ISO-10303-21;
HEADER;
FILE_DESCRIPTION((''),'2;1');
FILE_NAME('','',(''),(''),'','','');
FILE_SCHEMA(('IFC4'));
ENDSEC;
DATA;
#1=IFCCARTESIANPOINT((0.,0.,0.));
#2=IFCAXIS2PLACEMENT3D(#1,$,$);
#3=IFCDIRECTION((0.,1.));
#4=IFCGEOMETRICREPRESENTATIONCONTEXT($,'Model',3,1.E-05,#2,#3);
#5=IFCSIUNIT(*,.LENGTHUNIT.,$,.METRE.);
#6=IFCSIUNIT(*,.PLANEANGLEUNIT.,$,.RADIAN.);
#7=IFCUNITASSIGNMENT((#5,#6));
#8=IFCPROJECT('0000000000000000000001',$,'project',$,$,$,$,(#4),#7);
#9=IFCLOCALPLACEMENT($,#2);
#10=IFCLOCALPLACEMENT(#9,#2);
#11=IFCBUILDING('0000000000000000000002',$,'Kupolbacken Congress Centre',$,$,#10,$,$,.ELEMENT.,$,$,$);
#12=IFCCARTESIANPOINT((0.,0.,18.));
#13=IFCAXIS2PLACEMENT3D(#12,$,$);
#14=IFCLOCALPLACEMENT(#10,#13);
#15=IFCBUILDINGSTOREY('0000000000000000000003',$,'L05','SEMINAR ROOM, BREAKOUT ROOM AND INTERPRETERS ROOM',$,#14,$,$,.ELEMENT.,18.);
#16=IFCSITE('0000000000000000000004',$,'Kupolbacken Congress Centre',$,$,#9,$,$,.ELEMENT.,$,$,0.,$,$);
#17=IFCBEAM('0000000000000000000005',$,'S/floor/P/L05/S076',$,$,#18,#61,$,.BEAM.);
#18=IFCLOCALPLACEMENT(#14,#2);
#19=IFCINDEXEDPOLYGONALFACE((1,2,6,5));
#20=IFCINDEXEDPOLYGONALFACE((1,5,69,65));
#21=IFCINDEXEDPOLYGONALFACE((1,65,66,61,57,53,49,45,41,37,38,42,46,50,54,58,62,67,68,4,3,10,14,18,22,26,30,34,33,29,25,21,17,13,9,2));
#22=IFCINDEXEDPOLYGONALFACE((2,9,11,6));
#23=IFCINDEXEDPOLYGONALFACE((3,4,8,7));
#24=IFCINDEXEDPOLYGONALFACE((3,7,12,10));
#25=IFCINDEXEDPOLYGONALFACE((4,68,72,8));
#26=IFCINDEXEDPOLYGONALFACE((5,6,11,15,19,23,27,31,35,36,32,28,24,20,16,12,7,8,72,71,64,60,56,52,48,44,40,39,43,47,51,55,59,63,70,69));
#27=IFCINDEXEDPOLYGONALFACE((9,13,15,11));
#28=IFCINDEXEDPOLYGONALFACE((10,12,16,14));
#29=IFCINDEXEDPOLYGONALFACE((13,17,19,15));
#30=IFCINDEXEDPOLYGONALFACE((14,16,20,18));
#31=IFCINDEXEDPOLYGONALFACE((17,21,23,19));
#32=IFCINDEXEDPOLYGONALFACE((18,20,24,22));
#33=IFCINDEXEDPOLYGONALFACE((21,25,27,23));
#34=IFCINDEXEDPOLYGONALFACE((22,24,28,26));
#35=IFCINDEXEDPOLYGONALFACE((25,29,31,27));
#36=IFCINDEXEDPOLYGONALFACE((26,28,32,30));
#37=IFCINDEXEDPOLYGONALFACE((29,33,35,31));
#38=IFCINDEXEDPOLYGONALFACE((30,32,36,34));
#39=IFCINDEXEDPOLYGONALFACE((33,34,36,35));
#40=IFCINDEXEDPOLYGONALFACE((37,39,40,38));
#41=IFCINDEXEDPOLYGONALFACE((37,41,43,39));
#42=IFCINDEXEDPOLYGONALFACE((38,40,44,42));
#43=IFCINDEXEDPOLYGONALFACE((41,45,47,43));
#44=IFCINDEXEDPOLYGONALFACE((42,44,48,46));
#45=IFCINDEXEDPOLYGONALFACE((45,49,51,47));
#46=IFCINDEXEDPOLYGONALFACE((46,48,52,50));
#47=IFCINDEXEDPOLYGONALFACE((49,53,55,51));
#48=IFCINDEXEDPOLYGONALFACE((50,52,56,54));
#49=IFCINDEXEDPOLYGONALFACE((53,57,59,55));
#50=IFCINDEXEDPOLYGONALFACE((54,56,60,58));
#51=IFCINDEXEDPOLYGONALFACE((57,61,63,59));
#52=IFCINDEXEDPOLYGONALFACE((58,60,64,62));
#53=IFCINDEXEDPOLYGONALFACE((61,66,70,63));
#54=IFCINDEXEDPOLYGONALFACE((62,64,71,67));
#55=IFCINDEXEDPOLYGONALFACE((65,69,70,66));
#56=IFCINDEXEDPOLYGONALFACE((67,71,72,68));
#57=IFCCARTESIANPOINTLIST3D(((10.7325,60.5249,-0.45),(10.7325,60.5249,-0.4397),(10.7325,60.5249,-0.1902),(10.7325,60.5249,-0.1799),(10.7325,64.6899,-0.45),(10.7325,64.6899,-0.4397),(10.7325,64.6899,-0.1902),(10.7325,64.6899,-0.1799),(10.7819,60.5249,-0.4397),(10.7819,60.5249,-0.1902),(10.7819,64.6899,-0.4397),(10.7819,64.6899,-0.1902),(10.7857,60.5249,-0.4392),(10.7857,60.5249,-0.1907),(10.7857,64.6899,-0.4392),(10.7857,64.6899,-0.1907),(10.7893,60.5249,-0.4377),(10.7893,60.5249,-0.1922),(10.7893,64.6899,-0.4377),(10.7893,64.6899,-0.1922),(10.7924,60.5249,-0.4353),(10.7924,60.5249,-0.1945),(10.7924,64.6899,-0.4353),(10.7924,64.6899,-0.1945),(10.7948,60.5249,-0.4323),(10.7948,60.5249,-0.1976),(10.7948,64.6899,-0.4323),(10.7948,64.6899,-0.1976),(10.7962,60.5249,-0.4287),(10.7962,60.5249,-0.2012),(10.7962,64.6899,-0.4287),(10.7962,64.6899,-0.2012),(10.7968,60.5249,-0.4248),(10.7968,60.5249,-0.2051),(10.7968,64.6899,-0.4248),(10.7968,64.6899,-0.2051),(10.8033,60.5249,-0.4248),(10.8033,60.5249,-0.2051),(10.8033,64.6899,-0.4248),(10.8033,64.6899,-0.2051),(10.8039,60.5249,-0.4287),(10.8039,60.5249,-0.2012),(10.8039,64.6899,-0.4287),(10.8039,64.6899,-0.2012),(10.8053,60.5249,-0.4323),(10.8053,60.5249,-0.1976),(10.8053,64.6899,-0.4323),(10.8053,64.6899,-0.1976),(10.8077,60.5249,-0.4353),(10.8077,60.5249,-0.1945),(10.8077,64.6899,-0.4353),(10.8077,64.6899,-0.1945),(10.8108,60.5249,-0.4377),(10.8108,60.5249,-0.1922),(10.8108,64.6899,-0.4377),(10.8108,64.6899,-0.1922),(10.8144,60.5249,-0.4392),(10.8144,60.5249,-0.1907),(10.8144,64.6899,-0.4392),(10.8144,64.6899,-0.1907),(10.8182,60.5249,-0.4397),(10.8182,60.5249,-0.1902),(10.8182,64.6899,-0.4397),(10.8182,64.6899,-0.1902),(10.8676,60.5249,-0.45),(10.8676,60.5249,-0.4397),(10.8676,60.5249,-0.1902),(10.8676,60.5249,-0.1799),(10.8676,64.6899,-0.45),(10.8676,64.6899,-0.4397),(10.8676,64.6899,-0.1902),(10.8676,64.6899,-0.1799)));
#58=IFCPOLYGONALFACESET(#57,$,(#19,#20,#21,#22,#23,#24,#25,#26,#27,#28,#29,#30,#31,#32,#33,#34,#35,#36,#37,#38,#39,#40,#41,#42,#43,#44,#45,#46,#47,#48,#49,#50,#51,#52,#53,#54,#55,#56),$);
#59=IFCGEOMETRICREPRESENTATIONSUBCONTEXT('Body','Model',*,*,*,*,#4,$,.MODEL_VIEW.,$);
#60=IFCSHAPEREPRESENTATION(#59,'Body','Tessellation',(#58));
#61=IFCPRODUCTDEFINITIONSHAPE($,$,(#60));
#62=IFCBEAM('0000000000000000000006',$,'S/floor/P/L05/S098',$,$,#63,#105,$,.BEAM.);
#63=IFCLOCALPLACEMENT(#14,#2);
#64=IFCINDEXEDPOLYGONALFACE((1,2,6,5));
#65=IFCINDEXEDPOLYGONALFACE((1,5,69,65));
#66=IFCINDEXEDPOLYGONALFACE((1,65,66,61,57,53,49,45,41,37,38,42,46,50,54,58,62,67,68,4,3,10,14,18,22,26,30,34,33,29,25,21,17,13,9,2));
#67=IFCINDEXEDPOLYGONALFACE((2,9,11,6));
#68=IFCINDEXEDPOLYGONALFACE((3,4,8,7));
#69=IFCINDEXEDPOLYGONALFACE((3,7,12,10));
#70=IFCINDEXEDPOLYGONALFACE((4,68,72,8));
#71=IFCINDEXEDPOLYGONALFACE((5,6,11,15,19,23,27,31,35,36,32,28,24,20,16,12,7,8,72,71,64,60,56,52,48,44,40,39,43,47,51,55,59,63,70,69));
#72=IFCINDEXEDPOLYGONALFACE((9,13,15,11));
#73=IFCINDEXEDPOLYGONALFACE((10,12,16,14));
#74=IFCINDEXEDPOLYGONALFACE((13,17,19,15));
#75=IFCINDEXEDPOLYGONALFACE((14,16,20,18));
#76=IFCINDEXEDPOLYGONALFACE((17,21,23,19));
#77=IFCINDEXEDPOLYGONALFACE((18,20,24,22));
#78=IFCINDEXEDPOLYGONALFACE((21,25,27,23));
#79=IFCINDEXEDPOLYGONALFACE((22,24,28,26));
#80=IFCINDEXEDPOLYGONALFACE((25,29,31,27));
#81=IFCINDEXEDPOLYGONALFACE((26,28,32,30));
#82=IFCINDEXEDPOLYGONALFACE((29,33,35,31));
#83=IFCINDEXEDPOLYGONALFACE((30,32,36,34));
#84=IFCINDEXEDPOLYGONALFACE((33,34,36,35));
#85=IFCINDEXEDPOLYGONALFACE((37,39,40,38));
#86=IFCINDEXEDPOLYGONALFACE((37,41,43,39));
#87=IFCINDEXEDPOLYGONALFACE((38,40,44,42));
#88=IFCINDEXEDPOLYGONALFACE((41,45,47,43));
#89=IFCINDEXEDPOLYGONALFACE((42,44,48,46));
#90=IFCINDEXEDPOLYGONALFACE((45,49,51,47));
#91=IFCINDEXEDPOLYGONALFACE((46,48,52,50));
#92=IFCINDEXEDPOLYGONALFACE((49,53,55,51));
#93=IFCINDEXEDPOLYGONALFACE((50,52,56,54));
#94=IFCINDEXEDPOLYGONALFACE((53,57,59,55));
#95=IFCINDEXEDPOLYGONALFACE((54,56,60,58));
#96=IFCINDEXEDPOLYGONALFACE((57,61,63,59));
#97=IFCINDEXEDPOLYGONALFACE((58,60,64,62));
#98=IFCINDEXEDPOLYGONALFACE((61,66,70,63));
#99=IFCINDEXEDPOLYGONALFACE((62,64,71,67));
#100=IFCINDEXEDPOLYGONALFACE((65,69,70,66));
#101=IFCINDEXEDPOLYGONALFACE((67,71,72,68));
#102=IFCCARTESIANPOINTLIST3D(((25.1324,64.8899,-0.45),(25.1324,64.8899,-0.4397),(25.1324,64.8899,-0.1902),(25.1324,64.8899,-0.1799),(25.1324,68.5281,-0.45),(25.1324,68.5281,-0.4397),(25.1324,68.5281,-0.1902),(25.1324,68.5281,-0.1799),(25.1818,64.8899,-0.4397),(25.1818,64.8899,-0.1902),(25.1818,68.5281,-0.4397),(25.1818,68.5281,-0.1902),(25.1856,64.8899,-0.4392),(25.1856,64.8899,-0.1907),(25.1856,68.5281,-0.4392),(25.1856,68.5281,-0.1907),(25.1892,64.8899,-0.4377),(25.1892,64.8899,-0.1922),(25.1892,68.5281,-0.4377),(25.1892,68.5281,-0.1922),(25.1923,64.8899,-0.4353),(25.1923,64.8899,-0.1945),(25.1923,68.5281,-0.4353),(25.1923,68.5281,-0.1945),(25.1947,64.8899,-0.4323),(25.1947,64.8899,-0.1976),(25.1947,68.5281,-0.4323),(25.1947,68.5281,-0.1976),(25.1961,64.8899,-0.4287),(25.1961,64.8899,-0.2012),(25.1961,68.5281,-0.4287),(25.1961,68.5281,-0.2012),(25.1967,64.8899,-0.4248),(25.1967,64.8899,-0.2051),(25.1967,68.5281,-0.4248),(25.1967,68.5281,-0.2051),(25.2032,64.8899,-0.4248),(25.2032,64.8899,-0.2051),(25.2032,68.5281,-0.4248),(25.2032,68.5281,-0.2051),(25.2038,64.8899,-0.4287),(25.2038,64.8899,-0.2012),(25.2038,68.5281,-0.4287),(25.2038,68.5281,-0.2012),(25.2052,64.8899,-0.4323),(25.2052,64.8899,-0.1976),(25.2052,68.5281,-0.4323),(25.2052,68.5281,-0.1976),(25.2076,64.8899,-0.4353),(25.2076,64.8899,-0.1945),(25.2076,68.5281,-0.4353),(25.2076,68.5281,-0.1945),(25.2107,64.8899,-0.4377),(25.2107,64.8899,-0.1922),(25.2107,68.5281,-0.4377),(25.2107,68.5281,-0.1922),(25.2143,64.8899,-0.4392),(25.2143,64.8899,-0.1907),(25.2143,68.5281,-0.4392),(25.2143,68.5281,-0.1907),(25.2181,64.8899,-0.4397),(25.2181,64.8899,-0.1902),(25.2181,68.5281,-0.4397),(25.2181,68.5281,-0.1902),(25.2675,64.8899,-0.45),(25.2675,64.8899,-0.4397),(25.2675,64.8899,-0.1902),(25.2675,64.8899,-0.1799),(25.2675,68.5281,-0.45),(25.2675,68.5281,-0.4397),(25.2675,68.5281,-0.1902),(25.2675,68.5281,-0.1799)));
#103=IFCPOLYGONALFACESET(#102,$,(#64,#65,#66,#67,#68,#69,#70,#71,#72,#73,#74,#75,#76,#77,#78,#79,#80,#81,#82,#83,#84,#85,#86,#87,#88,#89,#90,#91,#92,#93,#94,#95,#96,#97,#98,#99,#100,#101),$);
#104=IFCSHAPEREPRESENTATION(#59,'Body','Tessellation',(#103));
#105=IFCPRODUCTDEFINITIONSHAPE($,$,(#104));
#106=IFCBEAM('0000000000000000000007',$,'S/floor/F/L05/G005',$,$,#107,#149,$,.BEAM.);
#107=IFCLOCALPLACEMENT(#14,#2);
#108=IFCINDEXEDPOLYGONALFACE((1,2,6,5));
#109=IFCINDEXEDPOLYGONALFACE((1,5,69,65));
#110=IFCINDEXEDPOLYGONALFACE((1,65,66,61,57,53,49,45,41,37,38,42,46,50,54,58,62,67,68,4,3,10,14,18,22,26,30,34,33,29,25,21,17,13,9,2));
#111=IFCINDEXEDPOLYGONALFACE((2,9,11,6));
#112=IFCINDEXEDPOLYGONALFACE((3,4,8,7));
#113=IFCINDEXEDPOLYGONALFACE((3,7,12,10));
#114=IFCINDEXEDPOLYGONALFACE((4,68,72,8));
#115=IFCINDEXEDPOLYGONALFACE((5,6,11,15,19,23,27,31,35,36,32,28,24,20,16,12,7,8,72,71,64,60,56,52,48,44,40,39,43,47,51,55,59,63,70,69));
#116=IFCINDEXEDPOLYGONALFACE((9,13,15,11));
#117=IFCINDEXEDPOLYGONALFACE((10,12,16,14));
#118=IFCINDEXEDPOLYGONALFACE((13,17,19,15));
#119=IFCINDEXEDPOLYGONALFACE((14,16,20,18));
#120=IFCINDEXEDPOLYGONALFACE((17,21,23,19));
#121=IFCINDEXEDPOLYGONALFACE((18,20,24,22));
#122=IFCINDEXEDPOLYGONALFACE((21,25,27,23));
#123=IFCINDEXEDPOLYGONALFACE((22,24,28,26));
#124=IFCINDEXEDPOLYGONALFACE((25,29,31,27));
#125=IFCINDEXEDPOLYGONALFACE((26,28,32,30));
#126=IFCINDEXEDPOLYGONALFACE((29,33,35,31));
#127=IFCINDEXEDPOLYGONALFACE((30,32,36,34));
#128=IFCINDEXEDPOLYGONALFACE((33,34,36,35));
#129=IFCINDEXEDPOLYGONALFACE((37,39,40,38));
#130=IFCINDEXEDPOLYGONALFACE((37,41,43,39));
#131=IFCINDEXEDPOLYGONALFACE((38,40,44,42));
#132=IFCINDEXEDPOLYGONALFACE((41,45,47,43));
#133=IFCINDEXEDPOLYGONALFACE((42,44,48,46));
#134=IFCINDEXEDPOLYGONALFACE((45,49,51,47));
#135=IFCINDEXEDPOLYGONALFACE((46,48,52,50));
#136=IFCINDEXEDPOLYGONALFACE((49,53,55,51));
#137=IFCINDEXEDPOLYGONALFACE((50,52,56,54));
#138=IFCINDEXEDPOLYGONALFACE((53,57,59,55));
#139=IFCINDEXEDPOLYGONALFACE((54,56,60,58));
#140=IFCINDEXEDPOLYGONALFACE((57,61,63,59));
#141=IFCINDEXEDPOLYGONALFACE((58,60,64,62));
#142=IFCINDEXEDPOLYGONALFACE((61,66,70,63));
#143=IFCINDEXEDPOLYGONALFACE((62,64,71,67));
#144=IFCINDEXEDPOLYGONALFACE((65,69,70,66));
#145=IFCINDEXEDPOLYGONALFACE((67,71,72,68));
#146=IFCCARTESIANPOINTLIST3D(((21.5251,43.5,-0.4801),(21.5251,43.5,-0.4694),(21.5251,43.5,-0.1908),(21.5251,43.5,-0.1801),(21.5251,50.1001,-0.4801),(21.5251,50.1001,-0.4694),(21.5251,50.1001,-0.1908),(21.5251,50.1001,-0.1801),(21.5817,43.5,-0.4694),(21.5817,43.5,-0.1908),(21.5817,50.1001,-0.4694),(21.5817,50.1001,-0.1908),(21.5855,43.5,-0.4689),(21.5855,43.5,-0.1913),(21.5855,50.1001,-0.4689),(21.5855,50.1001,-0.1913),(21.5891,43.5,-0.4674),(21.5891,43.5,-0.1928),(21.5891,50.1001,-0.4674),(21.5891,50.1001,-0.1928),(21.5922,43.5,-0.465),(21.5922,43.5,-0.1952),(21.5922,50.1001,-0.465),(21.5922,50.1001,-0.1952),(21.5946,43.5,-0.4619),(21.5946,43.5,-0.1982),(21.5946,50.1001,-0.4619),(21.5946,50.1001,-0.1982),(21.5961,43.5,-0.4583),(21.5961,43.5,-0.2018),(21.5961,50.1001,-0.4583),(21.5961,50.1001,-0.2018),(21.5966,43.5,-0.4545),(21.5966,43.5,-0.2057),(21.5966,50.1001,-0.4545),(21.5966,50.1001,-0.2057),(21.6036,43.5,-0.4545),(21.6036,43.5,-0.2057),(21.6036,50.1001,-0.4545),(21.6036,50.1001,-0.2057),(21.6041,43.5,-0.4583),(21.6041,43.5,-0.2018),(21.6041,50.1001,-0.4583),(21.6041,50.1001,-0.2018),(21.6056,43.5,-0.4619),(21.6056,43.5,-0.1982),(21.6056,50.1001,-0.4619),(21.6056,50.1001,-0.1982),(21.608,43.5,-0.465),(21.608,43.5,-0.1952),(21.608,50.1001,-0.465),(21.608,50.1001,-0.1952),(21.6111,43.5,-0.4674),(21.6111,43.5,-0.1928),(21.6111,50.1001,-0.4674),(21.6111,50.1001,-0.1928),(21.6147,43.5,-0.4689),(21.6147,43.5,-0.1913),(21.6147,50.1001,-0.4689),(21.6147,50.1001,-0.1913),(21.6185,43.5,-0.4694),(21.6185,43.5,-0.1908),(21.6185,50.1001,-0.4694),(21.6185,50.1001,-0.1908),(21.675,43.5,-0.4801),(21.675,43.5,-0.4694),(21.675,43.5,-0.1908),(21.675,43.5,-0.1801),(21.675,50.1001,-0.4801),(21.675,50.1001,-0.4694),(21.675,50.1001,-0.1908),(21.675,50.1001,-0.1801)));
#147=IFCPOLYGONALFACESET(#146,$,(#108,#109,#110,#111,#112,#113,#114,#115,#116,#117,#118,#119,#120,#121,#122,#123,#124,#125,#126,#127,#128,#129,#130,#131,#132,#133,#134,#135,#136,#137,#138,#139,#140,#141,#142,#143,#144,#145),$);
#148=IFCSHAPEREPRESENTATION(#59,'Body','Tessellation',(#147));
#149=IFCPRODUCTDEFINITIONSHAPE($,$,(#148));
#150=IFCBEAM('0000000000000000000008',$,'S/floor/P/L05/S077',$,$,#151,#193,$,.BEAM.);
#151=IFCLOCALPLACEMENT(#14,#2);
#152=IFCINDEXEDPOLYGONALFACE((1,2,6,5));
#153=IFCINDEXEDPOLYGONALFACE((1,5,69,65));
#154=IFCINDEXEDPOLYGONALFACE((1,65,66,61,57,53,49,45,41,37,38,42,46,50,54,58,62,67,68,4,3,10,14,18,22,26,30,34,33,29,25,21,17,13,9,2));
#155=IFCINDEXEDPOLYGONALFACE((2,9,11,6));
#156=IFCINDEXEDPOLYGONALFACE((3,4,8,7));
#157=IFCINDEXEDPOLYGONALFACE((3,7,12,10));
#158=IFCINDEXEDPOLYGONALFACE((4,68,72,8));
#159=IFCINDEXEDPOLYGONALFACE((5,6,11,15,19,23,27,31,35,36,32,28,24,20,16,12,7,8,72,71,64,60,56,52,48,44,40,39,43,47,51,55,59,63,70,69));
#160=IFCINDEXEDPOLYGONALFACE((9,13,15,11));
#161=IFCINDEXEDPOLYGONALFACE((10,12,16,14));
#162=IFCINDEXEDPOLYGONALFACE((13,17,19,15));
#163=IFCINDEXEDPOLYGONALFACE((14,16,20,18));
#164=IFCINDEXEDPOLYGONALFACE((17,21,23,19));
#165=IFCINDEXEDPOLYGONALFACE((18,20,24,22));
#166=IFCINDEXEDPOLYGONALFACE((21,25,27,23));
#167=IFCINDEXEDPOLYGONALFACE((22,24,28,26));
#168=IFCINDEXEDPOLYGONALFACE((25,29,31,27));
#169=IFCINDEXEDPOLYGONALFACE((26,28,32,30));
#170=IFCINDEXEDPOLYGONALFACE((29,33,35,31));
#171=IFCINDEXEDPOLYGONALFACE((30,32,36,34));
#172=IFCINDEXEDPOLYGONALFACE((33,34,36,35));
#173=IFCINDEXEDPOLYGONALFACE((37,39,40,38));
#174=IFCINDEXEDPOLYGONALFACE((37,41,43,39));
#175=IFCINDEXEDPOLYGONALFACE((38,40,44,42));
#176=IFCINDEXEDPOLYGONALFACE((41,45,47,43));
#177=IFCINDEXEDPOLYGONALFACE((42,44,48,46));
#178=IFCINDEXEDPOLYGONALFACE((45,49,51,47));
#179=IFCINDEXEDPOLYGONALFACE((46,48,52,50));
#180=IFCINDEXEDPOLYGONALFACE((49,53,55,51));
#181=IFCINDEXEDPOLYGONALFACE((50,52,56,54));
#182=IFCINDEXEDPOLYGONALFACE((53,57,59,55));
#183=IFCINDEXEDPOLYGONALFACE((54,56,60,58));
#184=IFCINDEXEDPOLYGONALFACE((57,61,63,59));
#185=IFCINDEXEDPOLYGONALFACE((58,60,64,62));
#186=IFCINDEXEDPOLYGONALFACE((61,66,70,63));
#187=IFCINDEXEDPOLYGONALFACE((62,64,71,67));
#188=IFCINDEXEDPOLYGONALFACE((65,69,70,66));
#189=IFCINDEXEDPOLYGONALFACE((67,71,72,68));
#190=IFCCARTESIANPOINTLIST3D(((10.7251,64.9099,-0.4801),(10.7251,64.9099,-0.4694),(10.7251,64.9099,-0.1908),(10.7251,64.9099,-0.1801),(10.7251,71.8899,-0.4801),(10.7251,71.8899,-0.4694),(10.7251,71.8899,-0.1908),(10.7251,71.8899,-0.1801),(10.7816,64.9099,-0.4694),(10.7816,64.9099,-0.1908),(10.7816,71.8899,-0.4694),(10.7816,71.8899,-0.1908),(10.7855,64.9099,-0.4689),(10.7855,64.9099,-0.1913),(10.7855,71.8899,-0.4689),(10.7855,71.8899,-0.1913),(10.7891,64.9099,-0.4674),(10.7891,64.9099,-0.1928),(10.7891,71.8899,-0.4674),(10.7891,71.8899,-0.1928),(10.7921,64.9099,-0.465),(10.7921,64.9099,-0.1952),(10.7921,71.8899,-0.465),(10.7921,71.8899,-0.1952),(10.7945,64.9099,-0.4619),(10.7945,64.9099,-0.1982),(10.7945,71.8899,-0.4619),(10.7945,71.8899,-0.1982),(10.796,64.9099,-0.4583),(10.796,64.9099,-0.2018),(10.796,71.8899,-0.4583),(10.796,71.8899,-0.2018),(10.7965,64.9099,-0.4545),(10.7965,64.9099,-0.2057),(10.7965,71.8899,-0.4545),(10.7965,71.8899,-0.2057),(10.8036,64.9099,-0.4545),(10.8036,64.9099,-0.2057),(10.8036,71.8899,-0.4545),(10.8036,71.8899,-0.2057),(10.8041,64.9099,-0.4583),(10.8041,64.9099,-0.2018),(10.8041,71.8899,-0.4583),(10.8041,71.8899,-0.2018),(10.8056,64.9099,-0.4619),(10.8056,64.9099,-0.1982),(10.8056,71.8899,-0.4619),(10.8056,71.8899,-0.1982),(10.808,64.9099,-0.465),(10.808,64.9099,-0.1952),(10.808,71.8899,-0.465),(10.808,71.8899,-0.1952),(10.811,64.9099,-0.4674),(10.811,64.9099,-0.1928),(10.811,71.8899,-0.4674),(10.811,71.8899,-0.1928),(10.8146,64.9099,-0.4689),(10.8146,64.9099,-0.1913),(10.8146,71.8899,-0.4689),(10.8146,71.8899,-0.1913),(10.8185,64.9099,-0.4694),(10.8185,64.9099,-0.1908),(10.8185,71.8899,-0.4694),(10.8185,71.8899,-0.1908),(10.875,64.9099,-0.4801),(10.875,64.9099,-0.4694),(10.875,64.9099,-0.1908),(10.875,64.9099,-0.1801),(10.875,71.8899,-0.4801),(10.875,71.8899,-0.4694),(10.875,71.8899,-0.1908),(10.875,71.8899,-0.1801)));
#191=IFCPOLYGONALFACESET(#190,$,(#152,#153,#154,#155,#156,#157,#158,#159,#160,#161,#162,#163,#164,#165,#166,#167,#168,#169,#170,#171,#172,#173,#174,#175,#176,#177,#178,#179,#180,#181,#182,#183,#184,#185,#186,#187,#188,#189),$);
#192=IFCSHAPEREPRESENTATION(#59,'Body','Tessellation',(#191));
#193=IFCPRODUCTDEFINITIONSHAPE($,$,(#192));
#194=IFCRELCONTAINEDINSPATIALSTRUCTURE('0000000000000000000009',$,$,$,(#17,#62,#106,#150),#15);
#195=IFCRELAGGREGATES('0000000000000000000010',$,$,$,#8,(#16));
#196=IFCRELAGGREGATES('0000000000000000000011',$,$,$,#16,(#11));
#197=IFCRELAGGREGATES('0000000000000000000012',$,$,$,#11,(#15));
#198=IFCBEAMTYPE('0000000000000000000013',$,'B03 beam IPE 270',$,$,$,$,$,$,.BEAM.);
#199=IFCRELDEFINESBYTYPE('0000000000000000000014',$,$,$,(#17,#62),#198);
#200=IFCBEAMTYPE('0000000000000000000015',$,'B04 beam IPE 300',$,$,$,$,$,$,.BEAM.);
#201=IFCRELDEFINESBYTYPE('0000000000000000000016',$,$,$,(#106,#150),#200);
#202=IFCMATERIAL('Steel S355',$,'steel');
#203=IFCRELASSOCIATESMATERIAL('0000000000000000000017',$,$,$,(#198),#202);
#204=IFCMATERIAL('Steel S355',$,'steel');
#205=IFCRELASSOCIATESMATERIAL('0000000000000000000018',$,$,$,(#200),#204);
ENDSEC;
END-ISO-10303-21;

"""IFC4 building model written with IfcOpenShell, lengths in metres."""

from ifc_helpers import new_model, si_unit, direction, frame, origin, origin_2d, place, context, subcontext, project, spatial, i_section, extrude, material, material_profile, profile_set, type_object, element, save


model = new_model("IFC4")

# Units and contexts
model_context = context("Model", 3, precision=1e-05, world=origin(), true_north=direction((0.0, 1.0)))
body_context = subcontext(model_context, "Body", "Model", "MODEL_VIEW")
ifc_project = project(units=[si_unit("LENGTHUNIT", "METRE"), si_unit("PLANEANGLEUNIT", "RADIAN")], contexts=[model_context])

# Site, building, storey
site_placement = place(None, origin())
site = spatial("IfcSite", under=ifc_project, at=site_placement, Name="Kupolbacken Congress Centre", CompositionType="ELEMENT", RefElevation=0.0)
building_placement = place(site_placement, origin())
building = spatial("IfcBuilding", under=site, at=building_placement, Name="Kupolbacken Congress Centre", CompositionType="ELEMENT")
storey_placement = place(building_placement, frame((0.0, 0.0, 18.0)))
storey = spatial("IfcBuildingStorey", under=building, at=storey_placement, Name="L05", Description="SEMINAR ROOM, BREAKOUT ROOM AND INTERPRETERS ROOM", CompositionType="ELEMENT", Elevation=18.0)

# Beams
ifc_material_1 = material(Name="Steel S355", Category="steel")
ifc_material_profile_1 = material_profile(ifc_material_1, i_section(OverallWidth=0.135, OverallDepth=0.27, WebThickness=0.0066, FlangeThickness=0.0103, FilletRadius=0.0149, at=origin_2d()), Name="IPE 270")
ifc_profile_set_1 = profile_set([ifc_material_profile_1], Name="Steel S355")
beam_type_1 = type_object("IfcBeamType", Name="B03 beam IPE 270", PredefinedType="BEAM", material=ifc_profile_set_1)
beam_1_placement = place(storey_placement, frame((10.8, 60.5249, -0.3149), z_axis=(0.0, 1.0, 0.0), x_axis=(-1.0, 0.0, 0.0)))
element("IfcBeam", 1, at=beam_1_placement, inside=storey, type_object=beam_type_1, Name="S/floor/P/L05/S076", PredefinedType="BEAM", context=body_context, shape_type="SweptSolid", body=[
    extrude(i_section(OverallWidth=0.135, OverallDepth=0.27, WebThickness=0.0066, FlangeThickness=0.0103, FilletRadius=0.0149, at=origin_2d()), origin(), (0.0, 0.0, 1.0), 4.165),
])
beam_2_placement = place(storey_placement, frame((25.2, 64.8899, -0.3149), z_axis=(0.0, 1.0, 0.0), x_axis=(-1.0, 0.0, 0.0)))
element("IfcBeam", 2, at=beam_2_placement, inside=storey, type_object=beam_type_1, Name="S/floor/P/L05/S098", PredefinedType="BEAM", context=body_context, shape_type="SweptSolid", body=[
    extrude(i_section(OverallWidth=0.135, OverallDepth=0.27, WebThickness=0.0066, FlangeThickness=0.0103, FilletRadius=0.0149, at=origin_2d()), origin(), (0.0, 0.0, 1.0), 3.6382),
])
ifc_material_2 = material(Name="Steel S355", Category="steel")
ifc_material_profile_2 = material_profile(ifc_material_2, i_section(OverallWidth=0.1499, OverallDepth=0.3, WebThickness=0.0071, FlangeThickness=0.0107, FilletRadius=0.0149, at=origin_2d()), Name="IPE 300")
ifc_profile_set_2 = profile_set([ifc_material_profile_2], Name="Steel S355")
beam_type_2 = type_object("IfcBeamType", Name="B04 beam IPE 300", PredefinedType="BEAM", material=ifc_profile_set_2)
beam_3_placement = place(storey_placement, frame((21.6001, 43.5, -0.3301), z_axis=(0.0, 1.0, 0.0), x_axis=(-1.0, 0.0, 0.0)))
element("IfcBeam", 3, at=beam_3_placement, inside=storey, type_object=beam_type_2, Name="S/floor/F/L05/G005", PredefinedType="BEAM", context=body_context, shape_type="SweptSolid", body=[
    extrude(i_section(OverallWidth=0.1499, OverallDepth=0.3, WebThickness=0.0071, FlangeThickness=0.0107, FilletRadius=0.0149, at=origin_2d()), origin(), (0.0, 0.0, 1.0), 6.6001),
])
beam_4_placement = place(storey_placement, frame((10.8, 64.9099, -0.3301), z_axis=(0.0, 1.0, 0.0), x_axis=(-1.0, 0.0, 0.0)))
element("IfcBeam", 4, at=beam_4_placement, inside=storey, type_object=beam_type_2, Name="S/floor/P/L05/S077", PredefinedType="BEAM", context=body_context, shape_type="SweptSolid", body=[
    extrude(i_section(OverallWidth=0.1499, OverallDepth=0.3, WebThickness=0.0071, FlangeThickness=0.0107, FilletRadius=0.0149, at=origin_2d()), origin(), (0.0, 0.0, 1.0), 6.98),
])

save(model, "model.ifc")
